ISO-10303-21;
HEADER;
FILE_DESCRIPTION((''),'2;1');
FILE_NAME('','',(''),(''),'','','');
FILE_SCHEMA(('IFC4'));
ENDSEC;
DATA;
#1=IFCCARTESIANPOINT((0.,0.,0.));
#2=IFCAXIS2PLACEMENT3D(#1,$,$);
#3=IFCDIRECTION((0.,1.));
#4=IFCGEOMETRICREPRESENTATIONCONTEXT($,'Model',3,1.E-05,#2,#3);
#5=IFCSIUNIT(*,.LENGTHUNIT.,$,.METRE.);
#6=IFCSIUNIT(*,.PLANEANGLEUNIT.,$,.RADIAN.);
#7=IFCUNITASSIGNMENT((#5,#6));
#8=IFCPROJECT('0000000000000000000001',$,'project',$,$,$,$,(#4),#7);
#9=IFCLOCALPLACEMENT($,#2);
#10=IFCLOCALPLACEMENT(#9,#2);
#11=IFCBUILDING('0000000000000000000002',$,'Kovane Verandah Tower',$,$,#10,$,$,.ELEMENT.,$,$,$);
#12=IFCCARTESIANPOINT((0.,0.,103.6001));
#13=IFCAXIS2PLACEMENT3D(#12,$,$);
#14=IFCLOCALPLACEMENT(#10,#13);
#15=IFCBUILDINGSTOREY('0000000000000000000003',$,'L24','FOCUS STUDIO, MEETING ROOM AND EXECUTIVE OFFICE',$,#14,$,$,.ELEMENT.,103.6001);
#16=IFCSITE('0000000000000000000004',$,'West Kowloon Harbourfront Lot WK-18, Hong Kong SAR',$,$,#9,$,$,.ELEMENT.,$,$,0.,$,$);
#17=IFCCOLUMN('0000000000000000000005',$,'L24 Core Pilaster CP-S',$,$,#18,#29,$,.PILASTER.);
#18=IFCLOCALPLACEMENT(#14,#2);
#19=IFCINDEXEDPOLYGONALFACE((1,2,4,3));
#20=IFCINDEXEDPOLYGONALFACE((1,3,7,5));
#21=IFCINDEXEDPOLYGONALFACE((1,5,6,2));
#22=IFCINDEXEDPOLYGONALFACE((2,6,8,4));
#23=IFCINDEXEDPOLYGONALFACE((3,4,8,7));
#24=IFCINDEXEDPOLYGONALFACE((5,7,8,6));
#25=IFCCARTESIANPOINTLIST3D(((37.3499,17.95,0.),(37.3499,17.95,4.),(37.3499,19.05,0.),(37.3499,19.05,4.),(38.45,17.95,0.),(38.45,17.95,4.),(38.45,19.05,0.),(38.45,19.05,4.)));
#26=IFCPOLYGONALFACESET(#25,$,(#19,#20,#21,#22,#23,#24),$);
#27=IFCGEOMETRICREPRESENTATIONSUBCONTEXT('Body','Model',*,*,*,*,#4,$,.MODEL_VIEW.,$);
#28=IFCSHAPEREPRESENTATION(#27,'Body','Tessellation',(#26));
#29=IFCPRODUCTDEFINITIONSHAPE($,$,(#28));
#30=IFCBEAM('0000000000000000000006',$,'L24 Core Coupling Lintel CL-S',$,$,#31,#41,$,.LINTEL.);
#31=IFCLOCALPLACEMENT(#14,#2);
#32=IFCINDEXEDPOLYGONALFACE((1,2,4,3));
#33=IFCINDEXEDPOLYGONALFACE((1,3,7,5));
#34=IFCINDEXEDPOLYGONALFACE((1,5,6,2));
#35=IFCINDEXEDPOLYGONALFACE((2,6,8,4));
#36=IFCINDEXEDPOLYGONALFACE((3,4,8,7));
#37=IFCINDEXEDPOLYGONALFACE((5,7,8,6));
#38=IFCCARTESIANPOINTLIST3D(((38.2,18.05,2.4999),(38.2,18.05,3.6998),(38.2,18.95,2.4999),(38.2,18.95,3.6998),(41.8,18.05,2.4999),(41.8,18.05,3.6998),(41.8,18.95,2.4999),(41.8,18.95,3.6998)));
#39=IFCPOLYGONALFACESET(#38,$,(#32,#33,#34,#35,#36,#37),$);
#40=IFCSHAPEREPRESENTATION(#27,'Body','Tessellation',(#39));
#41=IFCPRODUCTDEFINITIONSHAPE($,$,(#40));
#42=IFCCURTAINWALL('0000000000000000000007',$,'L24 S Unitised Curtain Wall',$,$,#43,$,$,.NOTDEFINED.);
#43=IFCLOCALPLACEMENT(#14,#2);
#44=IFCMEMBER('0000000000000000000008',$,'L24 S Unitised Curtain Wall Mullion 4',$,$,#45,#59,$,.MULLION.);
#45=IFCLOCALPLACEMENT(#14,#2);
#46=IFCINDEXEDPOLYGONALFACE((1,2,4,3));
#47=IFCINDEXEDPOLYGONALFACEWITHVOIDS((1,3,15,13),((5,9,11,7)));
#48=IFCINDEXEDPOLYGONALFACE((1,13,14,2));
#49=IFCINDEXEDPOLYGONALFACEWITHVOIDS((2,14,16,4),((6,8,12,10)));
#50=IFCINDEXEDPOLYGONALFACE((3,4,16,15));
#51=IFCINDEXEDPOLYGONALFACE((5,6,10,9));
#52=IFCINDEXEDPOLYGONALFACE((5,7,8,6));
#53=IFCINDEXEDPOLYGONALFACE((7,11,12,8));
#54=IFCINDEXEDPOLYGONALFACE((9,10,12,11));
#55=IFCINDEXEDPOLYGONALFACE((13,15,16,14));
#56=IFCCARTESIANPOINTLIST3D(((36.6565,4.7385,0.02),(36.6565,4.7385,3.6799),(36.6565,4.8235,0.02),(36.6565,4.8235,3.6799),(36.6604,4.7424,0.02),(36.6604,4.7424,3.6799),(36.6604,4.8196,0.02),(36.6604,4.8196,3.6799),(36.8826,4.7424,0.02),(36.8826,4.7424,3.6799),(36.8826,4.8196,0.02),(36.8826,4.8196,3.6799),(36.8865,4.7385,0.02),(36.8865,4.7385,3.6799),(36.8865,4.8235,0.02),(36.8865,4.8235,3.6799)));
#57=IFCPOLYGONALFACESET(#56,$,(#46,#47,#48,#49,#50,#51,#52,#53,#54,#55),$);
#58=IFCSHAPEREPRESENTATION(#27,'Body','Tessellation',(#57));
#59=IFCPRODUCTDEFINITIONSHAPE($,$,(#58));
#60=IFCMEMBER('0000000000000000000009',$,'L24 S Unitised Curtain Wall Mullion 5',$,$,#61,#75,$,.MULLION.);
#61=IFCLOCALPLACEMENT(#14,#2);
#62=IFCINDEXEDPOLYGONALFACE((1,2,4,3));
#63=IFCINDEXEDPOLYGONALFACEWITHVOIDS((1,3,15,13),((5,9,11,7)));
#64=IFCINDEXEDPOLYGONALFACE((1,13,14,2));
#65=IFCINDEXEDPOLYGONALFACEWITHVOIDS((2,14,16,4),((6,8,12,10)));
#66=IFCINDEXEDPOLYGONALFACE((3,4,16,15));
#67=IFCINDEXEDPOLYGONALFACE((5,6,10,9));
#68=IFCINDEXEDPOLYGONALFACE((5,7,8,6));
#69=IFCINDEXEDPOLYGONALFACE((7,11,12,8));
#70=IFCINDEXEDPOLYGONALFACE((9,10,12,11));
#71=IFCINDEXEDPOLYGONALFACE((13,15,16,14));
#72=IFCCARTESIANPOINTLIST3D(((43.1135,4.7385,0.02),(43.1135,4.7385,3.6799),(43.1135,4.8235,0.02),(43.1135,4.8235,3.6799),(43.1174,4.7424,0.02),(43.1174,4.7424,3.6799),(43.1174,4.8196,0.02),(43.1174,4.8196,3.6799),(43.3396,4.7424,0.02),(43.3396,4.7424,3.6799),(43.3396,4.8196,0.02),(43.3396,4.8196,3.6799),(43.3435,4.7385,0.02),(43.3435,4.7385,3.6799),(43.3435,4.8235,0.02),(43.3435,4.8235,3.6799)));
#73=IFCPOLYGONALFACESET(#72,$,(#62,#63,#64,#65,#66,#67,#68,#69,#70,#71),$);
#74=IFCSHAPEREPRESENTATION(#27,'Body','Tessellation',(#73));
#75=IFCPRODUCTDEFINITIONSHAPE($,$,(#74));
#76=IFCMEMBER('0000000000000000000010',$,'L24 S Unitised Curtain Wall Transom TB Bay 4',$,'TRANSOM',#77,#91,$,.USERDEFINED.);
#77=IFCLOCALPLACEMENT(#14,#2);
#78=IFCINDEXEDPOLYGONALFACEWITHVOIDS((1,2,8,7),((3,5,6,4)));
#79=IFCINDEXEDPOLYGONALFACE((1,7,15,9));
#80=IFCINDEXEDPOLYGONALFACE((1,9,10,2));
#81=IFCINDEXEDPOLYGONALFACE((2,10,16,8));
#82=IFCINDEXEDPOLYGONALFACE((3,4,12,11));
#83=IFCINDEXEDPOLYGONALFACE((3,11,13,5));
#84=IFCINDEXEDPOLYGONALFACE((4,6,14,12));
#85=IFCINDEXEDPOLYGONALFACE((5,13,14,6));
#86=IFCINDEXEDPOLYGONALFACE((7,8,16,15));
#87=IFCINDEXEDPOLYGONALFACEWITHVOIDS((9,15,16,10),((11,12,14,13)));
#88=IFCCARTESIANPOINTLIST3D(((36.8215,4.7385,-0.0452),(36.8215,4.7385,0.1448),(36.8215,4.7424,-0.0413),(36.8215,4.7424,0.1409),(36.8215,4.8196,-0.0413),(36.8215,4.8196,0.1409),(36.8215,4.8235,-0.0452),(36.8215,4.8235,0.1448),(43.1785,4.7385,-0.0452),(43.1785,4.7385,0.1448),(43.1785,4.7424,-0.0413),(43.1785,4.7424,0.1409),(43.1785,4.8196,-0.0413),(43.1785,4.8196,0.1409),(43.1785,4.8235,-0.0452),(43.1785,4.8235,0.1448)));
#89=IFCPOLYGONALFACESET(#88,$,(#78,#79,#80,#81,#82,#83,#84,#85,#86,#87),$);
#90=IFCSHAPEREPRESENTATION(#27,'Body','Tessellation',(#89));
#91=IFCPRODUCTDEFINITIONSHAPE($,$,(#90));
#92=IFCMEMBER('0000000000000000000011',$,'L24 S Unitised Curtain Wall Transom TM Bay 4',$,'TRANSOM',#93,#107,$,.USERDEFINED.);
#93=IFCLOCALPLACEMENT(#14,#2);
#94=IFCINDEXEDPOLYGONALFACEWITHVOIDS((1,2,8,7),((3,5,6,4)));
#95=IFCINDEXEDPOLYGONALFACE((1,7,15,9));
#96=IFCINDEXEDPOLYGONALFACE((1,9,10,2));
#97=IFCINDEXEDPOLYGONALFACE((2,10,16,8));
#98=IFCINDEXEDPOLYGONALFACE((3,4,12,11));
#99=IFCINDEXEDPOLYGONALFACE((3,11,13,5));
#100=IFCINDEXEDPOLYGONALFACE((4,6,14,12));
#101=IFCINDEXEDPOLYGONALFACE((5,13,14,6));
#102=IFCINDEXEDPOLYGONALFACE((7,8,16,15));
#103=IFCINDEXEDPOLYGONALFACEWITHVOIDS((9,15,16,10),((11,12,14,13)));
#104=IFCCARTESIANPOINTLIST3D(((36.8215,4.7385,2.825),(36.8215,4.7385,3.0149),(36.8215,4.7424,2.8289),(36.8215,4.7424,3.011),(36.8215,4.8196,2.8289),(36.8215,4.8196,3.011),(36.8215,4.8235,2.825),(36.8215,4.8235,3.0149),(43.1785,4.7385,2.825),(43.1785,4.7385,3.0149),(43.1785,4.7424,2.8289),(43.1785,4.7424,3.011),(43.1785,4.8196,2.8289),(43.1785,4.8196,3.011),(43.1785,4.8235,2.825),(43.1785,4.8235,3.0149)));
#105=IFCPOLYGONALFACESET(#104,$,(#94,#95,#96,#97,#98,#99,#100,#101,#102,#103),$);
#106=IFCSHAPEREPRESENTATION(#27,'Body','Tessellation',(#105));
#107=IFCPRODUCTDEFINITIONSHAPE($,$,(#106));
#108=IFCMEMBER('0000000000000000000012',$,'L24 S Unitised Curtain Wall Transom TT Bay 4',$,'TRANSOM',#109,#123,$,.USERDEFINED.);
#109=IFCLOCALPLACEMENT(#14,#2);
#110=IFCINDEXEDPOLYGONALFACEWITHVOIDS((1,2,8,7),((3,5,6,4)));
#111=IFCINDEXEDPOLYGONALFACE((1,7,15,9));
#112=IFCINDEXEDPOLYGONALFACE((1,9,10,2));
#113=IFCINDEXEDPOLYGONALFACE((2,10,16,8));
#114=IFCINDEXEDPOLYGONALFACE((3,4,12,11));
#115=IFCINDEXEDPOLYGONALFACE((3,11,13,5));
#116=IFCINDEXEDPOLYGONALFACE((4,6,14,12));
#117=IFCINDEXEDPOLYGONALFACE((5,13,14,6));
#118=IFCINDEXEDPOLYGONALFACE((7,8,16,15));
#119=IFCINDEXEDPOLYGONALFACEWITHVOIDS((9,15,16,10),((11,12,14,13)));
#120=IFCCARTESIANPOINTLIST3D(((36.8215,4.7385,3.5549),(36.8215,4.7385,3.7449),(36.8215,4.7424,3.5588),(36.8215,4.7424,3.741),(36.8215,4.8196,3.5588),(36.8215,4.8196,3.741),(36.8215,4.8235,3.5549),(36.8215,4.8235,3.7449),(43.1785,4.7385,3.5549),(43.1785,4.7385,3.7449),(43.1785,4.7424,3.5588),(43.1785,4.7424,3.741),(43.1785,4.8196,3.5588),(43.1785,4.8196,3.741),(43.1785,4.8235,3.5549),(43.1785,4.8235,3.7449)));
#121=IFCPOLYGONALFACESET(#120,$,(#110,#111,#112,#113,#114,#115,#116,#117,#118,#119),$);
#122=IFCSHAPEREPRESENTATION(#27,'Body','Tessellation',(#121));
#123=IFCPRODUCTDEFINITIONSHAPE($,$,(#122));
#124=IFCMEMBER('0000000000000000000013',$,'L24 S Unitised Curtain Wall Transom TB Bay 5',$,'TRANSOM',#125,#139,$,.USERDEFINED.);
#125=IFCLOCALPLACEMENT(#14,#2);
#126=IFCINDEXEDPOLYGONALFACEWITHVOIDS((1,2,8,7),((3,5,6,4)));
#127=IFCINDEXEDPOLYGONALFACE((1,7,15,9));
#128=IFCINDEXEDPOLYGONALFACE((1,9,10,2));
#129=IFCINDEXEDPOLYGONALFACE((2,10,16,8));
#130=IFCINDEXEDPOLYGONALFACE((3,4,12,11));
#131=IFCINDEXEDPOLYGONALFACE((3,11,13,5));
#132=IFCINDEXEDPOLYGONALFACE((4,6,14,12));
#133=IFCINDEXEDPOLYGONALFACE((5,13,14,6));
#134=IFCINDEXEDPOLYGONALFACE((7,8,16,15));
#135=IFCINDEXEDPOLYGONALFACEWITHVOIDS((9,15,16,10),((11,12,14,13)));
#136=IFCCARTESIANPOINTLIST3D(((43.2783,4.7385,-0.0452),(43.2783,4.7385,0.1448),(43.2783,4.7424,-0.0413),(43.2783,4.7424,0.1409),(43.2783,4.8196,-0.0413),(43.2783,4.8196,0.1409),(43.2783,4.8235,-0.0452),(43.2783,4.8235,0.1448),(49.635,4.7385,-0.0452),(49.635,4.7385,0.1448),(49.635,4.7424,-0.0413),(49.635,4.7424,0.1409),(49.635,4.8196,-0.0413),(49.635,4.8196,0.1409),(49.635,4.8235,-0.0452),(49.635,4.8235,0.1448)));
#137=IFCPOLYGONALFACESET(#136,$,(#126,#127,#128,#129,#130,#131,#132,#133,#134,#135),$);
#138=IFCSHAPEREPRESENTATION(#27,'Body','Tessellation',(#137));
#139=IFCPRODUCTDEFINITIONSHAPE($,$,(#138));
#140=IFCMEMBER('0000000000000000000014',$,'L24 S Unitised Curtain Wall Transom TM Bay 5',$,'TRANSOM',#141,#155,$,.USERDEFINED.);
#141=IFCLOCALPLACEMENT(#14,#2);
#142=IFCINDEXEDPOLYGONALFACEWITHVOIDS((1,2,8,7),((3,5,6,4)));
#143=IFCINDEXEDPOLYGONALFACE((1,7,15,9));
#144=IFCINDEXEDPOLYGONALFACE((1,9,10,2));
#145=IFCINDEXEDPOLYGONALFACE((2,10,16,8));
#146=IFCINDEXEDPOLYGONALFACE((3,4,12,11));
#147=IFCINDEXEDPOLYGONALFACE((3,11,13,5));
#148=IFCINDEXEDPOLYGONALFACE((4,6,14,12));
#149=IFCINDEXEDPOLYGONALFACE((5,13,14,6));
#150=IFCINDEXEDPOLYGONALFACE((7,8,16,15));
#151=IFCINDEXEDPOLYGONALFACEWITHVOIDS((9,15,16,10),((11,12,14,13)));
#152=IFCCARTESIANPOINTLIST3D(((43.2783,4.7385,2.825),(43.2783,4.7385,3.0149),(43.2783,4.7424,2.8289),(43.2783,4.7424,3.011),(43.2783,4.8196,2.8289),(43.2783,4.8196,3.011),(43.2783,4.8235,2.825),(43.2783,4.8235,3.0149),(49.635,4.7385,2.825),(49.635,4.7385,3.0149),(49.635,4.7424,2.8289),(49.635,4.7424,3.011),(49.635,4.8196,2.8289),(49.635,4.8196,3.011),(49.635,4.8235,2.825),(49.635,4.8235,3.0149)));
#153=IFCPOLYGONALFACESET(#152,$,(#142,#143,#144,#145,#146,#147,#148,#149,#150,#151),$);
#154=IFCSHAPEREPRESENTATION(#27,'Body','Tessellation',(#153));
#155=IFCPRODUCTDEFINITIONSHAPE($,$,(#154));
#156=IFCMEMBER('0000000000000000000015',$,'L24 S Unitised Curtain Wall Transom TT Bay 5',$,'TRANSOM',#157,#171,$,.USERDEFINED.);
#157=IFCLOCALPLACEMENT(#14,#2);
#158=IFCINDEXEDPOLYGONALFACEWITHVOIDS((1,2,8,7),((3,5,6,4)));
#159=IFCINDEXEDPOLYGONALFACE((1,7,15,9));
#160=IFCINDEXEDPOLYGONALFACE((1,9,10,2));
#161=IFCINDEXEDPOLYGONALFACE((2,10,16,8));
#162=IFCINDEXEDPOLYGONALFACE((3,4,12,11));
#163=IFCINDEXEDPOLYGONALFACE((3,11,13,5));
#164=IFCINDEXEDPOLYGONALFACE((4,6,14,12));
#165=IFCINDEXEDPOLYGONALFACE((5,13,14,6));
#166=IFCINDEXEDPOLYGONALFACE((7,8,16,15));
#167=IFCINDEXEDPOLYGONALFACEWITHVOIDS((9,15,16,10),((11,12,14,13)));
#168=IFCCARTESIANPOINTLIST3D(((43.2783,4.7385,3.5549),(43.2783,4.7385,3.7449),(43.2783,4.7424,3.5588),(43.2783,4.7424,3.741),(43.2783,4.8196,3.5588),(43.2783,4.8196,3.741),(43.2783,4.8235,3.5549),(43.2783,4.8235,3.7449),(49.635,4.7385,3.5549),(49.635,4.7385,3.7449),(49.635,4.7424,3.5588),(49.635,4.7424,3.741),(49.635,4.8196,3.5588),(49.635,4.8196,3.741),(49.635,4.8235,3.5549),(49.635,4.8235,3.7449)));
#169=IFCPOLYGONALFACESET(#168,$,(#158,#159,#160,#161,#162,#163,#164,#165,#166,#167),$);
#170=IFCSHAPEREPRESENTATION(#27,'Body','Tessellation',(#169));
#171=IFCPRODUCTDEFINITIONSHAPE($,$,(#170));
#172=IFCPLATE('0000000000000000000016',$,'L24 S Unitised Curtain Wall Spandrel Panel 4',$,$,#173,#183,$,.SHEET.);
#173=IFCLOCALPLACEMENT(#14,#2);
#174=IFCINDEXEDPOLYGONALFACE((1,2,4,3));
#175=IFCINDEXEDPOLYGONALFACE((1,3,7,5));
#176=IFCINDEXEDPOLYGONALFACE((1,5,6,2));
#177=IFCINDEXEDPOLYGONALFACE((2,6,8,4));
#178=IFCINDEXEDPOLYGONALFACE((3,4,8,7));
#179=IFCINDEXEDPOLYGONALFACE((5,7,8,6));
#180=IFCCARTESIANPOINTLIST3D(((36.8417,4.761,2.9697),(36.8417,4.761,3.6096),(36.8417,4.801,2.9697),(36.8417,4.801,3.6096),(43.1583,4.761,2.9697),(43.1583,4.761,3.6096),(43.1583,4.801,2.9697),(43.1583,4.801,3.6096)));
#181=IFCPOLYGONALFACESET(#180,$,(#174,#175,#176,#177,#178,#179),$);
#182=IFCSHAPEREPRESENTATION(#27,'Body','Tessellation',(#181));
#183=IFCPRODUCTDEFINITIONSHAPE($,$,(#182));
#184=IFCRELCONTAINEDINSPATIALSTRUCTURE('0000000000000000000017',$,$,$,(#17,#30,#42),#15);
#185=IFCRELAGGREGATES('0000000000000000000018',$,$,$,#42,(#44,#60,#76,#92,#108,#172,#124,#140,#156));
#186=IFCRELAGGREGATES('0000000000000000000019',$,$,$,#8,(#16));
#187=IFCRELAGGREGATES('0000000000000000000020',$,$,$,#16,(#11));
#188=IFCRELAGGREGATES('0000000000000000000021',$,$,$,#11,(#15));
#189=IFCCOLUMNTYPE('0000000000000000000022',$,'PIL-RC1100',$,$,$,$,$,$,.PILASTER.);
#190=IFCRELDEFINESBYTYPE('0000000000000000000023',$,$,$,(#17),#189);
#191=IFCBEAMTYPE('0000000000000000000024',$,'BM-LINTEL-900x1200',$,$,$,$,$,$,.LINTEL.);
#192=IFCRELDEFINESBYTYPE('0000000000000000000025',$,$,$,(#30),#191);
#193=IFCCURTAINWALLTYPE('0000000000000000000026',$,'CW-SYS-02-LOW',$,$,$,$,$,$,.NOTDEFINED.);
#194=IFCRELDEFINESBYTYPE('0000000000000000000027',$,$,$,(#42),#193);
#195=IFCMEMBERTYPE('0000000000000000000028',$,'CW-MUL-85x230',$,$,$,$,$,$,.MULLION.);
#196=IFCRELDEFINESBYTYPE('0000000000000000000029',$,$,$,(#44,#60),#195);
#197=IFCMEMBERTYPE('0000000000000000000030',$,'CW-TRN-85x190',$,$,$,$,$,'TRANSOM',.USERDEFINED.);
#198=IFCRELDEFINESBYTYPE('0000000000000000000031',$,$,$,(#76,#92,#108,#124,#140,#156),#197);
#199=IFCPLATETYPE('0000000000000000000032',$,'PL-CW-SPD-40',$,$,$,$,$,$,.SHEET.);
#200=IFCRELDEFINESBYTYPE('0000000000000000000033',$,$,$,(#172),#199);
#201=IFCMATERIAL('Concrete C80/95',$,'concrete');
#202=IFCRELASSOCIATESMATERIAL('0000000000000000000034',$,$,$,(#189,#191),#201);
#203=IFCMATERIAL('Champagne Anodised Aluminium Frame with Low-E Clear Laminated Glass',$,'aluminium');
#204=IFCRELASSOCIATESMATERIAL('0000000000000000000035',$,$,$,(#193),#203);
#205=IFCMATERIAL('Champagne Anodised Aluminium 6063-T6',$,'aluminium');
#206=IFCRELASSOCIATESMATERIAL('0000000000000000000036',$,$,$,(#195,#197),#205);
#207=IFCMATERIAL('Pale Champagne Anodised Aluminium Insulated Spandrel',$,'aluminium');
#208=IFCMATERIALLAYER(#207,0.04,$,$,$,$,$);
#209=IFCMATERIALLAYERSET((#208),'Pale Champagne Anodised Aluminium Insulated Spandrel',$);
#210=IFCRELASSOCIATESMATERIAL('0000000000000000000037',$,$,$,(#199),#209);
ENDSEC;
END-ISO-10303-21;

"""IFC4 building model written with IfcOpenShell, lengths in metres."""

from ifc_helpers import new_model, si_unit, direction, frame, origin, origin_2d, place, context, subcontext, project, spatial, rectangle, hollow_rectangle, extrude, material, layer, layer_set, material_profile, profile_set, type_object, element, aggregate, save


model = new_model("IFC4")

# Units and contexts
model_context = context("Model", 3, precision=1e-05, world=origin(), true_north=direction((0.0, 1.0)))
body_context = subcontext(model_context, "Body", "Model", "MODEL_VIEW")
ifc_project = project(units=[si_unit("LENGTHUNIT", "METRE"), si_unit("PLANEANGLEUNIT", "RADIAN")], contexts=[model_context])

# Site, building, storey
site_placement = place(None, origin())
site = spatial("IfcSite", under=ifc_project, at=site_placement, Name="West Kowloon Harbourfront Lot WK-18, Hong Kong SAR", CompositionType="ELEMENT", RefElevation=0.0)
building_placement = place(site_placement, origin())
building = spatial("IfcBuilding", under=site, at=building_placement, Name="Kovane Verandah Tower", CompositionType="ELEMENT")
storey_placement = place(building_placement, frame((0.0, 0.0, 103.6001)))
storey = spatial("IfcBuildingStorey", under=building, at=storey_placement, Name="L24", Description="FOCUS STUDIO, MEETING ROOM AND EXECUTIVE OFFICE", CompositionType="ELEMENT", Elevation=103.6001)

# Column
ifc_material_1 = material(Name="Concrete C80/95", Category="concrete")
ifc_material_profile_1 = material_profile(ifc_material_1, rectangle(XDim=1.1001, YDim=1.1001, at=origin_2d()), Name="RC1100x1100")
ifc_profile_set_1 = profile_set([ifc_material_profile_1], Name="Concrete C80/95")
column_type = type_object("IfcColumnType", Name="PIL-RC1100", PredefinedType="PILASTER", material=ifc_profile_set_1)
column_placement = place(storey_placement, frame((37.8999, 18.5, 0.0), z_axis=(0.0, 0.0, 1.0), x_axis=(1.0, 0.0, 0.0)))
element("IfcColumn", 1, at=column_placement, inside=storey, type_object=column_type, Name="L24 Core Pilaster CP-S", PredefinedType="PILASTER", context=body_context, shape_type="SweptSolid", body=[
    extrude(rectangle(XDim=1.1001, YDim=1.1001, at=origin_2d()), origin(), (0.0, 0.0, 1.0), 4.0),
])

# Beam
ifc_material_profile_2 = material_profile(ifc_material_1, rectangle(XDim=0.8999, YDim=1.2, at=origin_2d()), Name="RCB900x1200")
ifc_profile_set_2 = profile_set([ifc_material_profile_2], Name="Concrete C80/95")
beam_type = type_object("IfcBeamType", Name="BM-LINTEL-900x1200", PredefinedType="LINTEL", material=ifc_profile_set_2)
beam_placement = place(storey_placement, frame((38.2, 18.5, 3.0999), z_axis=(1.0, 0.0, 0.0), x_axis=(0.0, 1.0, 0.0)))
element("IfcBeam", 2, at=beam_placement, inside=storey, type_object=beam_type, Name="L24 Core Coupling Lintel CL-S", PredefinedType="LINTEL", context=body_context, shape_type="SweptSolid", body=[
    extrude(rectangle(XDim=0.8999, YDim=1.2, at=origin_2d()), origin(), (0.0, 0.0, 1.0), 3.6001),
])

# Curtain wall, members, plate
ifc_material_2 = material(Name="Champagne Anodised Aluminium Frame with Low-E Clear Laminated Glass", Category="aluminium")
curtain_wall_type = type_object("IfcCurtainWallType", Name="CW-SYS-02-LOW", PredefinedType="NOTDEFINED", material=ifc_material_2)
curtain_wall_placement = place(storey_placement, origin())
curtain_wall = element("IfcCurtainWall", 3, at=curtain_wall_placement, inside=storey, type_object=curtain_wall_type, Name="L24 S Unitised Curtain Wall", PredefinedType="NOTDEFINED")
ifc_material_3 = material(Name="Champagne Anodised Aluminium 6063-T6", Category="aluminium")
ifc_material_profile_3 = material_profile(ifc_material_3, hollow_rectangle(XDim=0.085, YDim=0.23, WallThickness=0.0039, at=origin_2d()), Name="AL85x230x4")
ifc_profile_set_3 = profile_set([ifc_material_profile_3], Name="Champagne Anodised Aluminium 6063-T6")
member_type_1 = type_object("IfcMemberType", Name="CW-MUL-85x230", PredefinedType="MULLION", material=ifc_profile_set_3)
member_1_placement = place(storey_placement, frame((36.7715, 4.781, 0.02), z_axis=(0.0, 0.0, 1.0), x_axis=(0.0, -1.0, 0.0)))
member_1 = element("IfcMember", 4, at=member_1_placement, type_object=member_type_1, Name="L24 S Unitised Curtain Wall Mullion 4", PredefinedType="MULLION", context=body_context, shape_type="SweptSolid", body=[
    extrude(hollow_rectangle(XDim=0.085, YDim=0.23, WallThickness=0.0039, at=origin_2d()), origin(), (0.0, 0.0, 1.0), 3.6599),
])
member_2_placement = place(storey_placement, frame((43.2285, 4.781, 0.02), z_axis=(0.0, 0.0, 1.0), x_axis=(0.0, -1.0, 0.0)))
member_2 = element("IfcMember", 5, at=member_2_placement, type_object=member_type_1, Name="L24 S Unitised Curtain Wall Mullion 5", PredefinedType="MULLION", context=body_context, shape_type="SweptSolid", body=[
    extrude(hollow_rectangle(XDim=0.085, YDim=0.23, WallThickness=0.0039, at=origin_2d()), origin(), (0.0, 0.0, 1.0), 3.6599),
])
ifc_material_profile_4 = material_profile(ifc_material_3, hollow_rectangle(XDim=0.085, YDim=0.1899, WallThickness=0.0039, at=origin_2d()), Name="AL85x190x4")
ifc_profile_set_4 = profile_set([ifc_material_profile_4], Name="Champagne Anodised Aluminium 6063-T6")
member_type_2 = type_object("IfcMemberType", Name="CW-TRN-85x190", ElementType="TRANSOM", PredefinedType="USERDEFINED", material=ifc_profile_set_4)
member_3_placement = place(storey_placement, frame((36.8215, 4.781, 0.0498), z_axis=(1.0, 0.0, 0.0), x_axis=(0.0, 1.0, 0.0)))
member_3 = element("IfcMember", 6, at=member_3_placement, type_object=member_type_2, Name="L24 S Unitised Curtain Wall Transom TB Bay 4", ObjectType="TRANSOM", PredefinedType="USERDEFINED", context=body_context, shape_type="SweptSolid", body=[
    extrude(hollow_rectangle(XDim=0.085, YDim=0.1899, WallThickness=0.0039, at=origin_2d()), origin(), (0.0, 0.0, 1.0), 6.3569),
])
member_4_placement = place(storey_placement, frame((36.8215, 4.781, 2.9199), z_axis=(1.0, 0.0, 0.0), x_axis=(0.0, 1.0, 0.0)))
member_4 = element("IfcMember", 7, at=member_4_placement, type_object=member_type_2, Name="L24 S Unitised Curtain Wall Transom TM Bay 4", ObjectType="TRANSOM", PredefinedType="USERDEFINED", context=body_context, shape_type="SweptSolid", body=[
    extrude(hollow_rectangle(XDim=0.085, YDim=0.1899, WallThickness=0.0039, at=origin_2d()), origin(), (0.0, 0.0, 1.0), 6.3569),
])
member_5_placement = place(storey_placement, frame((36.8215, 4.781, 3.6499), z_axis=(1.0, 0.0, 0.0), x_axis=(0.0, 1.0, 0.0)))
member_5 = element("IfcMember", 8, at=member_5_placement, type_object=member_type_2, Name="L24 S Unitised Curtain Wall Transom TT Bay 4", ObjectType="TRANSOM", PredefinedType="USERDEFINED", context=body_context, shape_type="SweptSolid", body=[
    extrude(hollow_rectangle(XDim=0.085, YDim=0.1899, WallThickness=0.0039, at=origin_2d()), origin(), (0.0, 0.0, 1.0), 6.3569),
])
member_6_placement = place(storey_placement, frame((43.2783, 4.781, 0.0498), z_axis=(1.0, 0.0, 0.0), x_axis=(0.0, 1.0, 0.0)))
member_6 = element("IfcMember", 9, at=member_6_placement, type_object=member_type_2, Name="L24 S Unitised Curtain Wall Transom TB Bay 5", ObjectType="TRANSOM", PredefinedType="USERDEFINED", context=body_context, shape_type="SweptSolid", body=[
    extrude(hollow_rectangle(XDim=0.085, YDim=0.1899, WallThickness=0.0039, at=origin_2d()), origin(), (0.0, 0.0, 1.0), 6.3567),
])
member_7_placement = place(storey_placement, frame((43.2783, 4.781, 2.9199), z_axis=(1.0, 0.0, 0.0), x_axis=(0.0, 1.0, 0.0)))
member_7 = element("IfcMember", 10, at=member_7_placement, type_object=member_type_2, Name="L24 S Unitised Curtain Wall Transom TM Bay 5", ObjectType="TRANSOM", PredefinedType="USERDEFINED", context=body_context, shape_type="SweptSolid", body=[
    extrude(hollow_rectangle(XDim=0.085, YDim=0.1899, WallThickness=0.0039, at=origin_2d()), origin(), (0.0, 0.0, 1.0), 6.3567),
])
member_8_placement = place(storey_placement, frame((43.2783, 4.781, 3.6499), z_axis=(1.0, 0.0, 0.0), x_axis=(0.0, 1.0, 0.0)))
member_8 = element("IfcMember", 11, at=member_8_placement, type_object=member_type_2, Name="L24 S Unitised Curtain Wall Transom TT Bay 5", ObjectType="TRANSOM", PredefinedType="USERDEFINED", context=body_context, shape_type="SweptSolid", body=[
    extrude(hollow_rectangle(XDim=0.085, YDim=0.1899, WallThickness=0.0039, at=origin_2d()), origin(), (0.0, 0.0, 1.0), 6.3567),
])
ifc_material_4 = material(Name="Pale Champagne Anodised Aluminium Insulated Spandrel", Category="aluminium")
ifc_layer_1 = layer(ifc_material_4, 0.04)
ifc_layer_set_1 = layer_set([ifc_layer_1], Name="Pale Champagne Anodised Aluminium Insulated Spandrel")
plate_type_1 = type_object("IfcPlateType", Name="PL-CW-SPD-40", PredefinedType="SHEET", material=ifc_layer_set_1)
plate_1_placement = place(storey_placement, frame((40.0, 4.781, 2.9697), z_axis=(0.0, 0.0, 1.0), x_axis=(1.0, 0.0, 0.0)))
plate_1 = element("IfcPlate", 12, at=plate_1_placement, type_object=plate_type_1, Name="L24 S Unitised Curtain Wall Spandrel Panel 4", PredefinedType="SHEET", context=body_context, shape_type="SweptSolid", body=[
    extrude(rectangle(XDim=6.3167, YDim=0.04, at=origin_2d()), origin(), (0.0, 0.0, 1.0), 0.6399),
])
aggregate(curtain_wall, [member_1, member_2, member_3, member_4, member_5, plate_1, member_6, member_7, member_8])

save(model, "model.ifc")
